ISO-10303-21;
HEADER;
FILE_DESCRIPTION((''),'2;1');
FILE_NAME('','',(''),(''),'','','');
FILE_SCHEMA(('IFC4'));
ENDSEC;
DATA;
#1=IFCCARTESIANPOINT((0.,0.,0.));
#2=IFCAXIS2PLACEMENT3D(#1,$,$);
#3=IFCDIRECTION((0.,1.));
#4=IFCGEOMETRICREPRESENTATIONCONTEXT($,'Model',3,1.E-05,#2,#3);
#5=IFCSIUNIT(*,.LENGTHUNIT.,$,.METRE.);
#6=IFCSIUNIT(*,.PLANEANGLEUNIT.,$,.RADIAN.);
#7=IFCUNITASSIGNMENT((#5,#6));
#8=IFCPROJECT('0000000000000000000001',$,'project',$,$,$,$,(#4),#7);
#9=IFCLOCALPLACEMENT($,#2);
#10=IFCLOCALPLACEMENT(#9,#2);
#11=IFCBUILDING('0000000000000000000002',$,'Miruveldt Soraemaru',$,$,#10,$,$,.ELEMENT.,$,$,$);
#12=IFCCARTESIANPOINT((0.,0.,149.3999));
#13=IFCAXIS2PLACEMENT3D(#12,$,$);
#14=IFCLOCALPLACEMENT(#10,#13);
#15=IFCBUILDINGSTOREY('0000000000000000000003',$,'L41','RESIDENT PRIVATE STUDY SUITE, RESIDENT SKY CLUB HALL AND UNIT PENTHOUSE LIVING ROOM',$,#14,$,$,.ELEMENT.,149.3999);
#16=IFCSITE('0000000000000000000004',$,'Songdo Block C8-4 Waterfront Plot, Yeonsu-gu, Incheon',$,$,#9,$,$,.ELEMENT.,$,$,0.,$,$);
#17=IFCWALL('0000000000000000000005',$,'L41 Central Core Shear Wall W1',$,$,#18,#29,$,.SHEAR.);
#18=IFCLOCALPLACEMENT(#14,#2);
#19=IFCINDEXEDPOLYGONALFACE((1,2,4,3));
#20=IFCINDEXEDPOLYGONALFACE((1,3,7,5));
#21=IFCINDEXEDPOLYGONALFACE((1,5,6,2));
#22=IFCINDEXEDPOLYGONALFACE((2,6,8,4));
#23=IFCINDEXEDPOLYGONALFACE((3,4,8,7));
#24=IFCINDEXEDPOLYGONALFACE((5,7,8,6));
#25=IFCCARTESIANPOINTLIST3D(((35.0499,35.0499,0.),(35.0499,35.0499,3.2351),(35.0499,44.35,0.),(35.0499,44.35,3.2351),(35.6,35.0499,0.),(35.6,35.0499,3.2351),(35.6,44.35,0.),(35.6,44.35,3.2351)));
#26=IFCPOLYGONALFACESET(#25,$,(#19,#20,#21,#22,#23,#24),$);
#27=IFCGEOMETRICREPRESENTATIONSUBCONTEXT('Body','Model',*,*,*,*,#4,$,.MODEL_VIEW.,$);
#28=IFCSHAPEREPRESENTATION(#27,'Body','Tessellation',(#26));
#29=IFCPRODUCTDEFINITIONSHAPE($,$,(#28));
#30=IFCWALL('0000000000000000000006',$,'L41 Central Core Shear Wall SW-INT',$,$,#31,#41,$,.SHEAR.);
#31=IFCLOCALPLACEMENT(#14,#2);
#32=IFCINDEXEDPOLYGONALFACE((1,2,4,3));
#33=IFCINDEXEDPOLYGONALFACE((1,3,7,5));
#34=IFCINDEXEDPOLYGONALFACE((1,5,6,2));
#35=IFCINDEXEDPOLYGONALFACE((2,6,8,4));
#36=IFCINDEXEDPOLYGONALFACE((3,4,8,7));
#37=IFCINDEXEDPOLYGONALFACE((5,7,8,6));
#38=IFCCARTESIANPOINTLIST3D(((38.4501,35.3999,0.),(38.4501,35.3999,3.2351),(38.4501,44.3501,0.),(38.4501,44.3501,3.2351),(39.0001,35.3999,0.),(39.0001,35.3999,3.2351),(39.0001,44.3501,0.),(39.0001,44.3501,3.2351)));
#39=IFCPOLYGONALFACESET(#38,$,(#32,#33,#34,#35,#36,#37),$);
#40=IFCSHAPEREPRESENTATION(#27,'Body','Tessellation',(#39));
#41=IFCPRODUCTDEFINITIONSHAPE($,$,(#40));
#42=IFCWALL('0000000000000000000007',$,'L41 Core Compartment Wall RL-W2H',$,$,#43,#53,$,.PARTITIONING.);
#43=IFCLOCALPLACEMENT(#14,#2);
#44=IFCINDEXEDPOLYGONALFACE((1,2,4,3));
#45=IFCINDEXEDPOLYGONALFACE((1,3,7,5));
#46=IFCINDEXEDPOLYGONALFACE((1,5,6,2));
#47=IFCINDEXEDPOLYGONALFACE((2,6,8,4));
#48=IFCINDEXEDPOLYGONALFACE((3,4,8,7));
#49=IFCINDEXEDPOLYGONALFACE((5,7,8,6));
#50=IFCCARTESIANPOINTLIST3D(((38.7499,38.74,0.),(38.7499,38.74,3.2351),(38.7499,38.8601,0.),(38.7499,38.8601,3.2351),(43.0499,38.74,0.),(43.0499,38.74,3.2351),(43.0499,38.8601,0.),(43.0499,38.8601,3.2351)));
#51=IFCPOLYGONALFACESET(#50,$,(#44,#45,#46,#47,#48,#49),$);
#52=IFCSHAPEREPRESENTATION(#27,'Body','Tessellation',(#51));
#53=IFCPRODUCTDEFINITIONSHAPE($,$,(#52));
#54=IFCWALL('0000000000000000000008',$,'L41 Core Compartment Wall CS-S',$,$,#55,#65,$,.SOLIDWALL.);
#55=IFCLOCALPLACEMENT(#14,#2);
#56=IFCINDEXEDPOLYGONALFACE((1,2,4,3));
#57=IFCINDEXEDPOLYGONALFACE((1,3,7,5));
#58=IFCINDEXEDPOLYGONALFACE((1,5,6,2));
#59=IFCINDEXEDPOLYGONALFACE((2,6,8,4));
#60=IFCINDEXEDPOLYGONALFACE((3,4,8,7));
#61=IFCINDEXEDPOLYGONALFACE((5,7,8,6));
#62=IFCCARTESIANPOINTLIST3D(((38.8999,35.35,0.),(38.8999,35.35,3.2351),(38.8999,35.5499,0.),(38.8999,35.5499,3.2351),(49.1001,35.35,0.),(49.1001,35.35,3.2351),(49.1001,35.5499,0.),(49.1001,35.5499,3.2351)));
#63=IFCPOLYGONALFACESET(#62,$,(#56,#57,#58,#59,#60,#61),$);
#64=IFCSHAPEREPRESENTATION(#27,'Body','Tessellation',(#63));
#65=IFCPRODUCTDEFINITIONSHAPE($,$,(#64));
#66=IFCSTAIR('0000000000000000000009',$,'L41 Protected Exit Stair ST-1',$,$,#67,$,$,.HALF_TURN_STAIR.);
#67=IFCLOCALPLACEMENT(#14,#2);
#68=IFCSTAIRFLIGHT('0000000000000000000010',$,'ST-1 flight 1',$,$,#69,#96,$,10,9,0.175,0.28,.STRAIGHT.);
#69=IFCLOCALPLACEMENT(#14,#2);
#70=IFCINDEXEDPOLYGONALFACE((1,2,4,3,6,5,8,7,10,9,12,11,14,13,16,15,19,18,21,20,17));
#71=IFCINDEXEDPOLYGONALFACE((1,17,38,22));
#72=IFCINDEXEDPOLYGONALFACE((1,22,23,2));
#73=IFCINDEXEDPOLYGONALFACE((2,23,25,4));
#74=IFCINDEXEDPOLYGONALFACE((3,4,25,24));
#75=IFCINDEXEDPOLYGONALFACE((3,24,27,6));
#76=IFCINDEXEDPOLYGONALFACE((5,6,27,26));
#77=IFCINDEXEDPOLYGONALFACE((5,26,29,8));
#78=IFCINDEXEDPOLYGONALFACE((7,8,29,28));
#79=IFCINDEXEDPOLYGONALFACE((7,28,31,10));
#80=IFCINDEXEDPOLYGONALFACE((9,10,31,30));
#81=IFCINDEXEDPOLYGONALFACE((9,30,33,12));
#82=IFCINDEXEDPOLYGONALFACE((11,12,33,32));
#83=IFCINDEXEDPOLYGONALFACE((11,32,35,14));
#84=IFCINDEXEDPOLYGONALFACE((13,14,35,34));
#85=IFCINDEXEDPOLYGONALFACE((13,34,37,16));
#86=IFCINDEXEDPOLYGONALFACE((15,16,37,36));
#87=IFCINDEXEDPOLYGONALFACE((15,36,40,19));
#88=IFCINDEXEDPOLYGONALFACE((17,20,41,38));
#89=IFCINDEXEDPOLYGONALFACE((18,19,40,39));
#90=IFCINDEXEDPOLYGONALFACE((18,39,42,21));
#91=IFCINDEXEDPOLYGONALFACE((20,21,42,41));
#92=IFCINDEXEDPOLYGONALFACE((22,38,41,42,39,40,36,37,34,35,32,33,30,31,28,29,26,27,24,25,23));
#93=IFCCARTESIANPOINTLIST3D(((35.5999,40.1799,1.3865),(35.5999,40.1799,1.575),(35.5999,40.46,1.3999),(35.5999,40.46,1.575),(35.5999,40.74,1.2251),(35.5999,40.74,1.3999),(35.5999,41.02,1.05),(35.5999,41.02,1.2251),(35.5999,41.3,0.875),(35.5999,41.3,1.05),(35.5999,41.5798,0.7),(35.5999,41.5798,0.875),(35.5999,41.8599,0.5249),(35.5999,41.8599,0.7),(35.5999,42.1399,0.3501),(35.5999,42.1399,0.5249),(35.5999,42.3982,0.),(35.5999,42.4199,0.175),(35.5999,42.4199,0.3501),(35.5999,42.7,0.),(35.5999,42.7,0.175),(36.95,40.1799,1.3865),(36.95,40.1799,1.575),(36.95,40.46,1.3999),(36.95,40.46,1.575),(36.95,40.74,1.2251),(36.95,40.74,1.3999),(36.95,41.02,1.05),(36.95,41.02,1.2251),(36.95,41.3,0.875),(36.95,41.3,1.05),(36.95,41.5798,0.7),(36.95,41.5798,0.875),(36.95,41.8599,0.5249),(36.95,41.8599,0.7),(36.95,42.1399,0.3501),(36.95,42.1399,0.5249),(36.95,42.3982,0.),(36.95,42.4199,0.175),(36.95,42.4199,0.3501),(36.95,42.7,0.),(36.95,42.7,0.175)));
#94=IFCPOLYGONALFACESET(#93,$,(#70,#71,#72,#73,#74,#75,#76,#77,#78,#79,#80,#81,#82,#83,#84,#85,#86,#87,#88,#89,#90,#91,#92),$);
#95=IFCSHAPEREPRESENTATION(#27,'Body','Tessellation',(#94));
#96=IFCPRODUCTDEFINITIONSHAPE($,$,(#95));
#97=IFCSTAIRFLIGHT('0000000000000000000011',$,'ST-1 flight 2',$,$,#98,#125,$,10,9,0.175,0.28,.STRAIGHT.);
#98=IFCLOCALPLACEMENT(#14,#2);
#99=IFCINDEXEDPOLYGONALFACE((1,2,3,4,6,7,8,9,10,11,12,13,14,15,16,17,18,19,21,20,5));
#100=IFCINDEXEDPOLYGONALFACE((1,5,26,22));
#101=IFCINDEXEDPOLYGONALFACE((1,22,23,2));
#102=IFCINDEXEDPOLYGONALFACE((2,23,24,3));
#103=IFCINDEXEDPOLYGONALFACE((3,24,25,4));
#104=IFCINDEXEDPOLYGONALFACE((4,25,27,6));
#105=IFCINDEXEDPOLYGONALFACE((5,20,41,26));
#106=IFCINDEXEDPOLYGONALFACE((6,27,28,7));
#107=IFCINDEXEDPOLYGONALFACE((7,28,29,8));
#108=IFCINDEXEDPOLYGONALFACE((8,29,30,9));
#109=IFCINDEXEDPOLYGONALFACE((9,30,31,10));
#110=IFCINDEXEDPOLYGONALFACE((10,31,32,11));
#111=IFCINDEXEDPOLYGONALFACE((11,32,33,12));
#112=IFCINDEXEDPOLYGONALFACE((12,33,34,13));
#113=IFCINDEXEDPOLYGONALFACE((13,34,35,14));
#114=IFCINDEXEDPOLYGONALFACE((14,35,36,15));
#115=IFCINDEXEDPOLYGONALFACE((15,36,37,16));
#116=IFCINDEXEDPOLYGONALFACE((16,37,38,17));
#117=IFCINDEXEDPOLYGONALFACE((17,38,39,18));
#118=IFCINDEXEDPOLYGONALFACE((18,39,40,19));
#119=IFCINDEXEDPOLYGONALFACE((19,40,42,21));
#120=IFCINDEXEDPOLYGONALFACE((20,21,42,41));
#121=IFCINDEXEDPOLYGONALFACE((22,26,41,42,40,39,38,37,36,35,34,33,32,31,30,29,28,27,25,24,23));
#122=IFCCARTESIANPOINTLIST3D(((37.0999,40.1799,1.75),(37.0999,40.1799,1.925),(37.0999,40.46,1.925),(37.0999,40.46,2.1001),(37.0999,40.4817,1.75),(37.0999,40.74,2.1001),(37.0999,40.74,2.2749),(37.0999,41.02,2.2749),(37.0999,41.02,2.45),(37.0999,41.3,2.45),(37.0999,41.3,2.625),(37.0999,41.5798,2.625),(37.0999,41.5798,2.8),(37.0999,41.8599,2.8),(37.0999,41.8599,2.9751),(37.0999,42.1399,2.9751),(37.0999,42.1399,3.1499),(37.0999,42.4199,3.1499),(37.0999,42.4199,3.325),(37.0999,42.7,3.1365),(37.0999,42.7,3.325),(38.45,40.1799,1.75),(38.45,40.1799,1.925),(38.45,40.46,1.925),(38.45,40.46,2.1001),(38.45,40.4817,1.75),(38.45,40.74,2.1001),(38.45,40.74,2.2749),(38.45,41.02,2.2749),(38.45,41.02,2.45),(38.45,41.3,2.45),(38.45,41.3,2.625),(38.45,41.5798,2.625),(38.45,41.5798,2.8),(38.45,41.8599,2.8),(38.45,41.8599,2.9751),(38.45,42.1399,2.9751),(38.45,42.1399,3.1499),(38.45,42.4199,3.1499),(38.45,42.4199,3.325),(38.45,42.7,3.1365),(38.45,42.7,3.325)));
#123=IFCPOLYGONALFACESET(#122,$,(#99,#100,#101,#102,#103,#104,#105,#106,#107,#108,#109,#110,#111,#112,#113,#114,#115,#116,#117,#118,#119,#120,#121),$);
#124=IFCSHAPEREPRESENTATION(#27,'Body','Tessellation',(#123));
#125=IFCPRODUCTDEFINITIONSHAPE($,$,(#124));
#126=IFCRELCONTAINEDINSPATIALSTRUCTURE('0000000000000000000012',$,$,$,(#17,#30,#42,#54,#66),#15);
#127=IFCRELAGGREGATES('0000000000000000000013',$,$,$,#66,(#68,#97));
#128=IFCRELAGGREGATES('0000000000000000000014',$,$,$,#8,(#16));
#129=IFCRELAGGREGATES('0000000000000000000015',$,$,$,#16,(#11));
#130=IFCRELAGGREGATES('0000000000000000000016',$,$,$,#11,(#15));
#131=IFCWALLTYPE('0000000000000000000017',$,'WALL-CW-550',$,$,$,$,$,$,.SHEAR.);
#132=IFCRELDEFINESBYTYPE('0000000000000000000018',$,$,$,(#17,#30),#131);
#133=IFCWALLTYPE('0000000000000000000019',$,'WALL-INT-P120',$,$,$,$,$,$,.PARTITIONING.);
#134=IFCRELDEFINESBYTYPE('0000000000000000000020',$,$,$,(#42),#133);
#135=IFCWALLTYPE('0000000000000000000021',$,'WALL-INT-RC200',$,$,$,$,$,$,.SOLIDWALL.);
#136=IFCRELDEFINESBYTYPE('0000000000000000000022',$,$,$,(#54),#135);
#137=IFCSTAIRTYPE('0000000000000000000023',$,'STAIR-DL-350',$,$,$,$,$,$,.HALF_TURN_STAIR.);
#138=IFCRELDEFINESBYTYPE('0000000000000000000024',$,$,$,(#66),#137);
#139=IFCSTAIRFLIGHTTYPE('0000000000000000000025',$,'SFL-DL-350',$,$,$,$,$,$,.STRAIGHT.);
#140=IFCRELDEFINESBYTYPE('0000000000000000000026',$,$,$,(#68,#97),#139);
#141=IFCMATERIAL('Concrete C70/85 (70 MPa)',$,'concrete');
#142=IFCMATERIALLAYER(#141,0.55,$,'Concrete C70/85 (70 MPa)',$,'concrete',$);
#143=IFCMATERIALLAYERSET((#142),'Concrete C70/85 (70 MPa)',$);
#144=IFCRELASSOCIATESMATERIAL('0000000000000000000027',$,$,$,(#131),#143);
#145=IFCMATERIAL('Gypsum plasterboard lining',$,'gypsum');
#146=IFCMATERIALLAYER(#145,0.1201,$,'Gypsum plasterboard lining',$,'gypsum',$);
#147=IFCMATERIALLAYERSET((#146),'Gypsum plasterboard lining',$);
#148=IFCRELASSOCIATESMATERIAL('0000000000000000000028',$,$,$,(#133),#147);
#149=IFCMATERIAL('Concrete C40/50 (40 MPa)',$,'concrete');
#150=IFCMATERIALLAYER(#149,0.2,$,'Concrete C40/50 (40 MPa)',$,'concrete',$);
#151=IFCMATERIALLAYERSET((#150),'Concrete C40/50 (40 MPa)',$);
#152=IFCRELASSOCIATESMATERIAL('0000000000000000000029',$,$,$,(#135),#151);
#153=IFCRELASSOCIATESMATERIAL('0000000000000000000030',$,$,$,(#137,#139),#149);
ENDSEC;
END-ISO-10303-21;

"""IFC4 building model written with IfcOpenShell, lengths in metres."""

from ifc_helpers import new_model, si_unit, direction, frame, frame_2d, origin, place, context, subcontext, project, spatial, polyline, rectangle, outline, extrude, material, layer, layer_set, type_object, element, aggregate, save


model = new_model("IFC4")

# Units and contexts
model_context = context("Model", 3, precision=1e-05, world=origin(), true_north=direction((0.0, 1.0)))
body_context = subcontext(model_context, "Body", "Model", "MODEL_VIEW")
ifc_project = project(units=[si_unit("LENGTHUNIT", "METRE"), si_unit("PLANEANGLEUNIT", "RADIAN")], contexts=[model_context])

# Site, building, storey
site_placement = place(None, origin())
site = spatial("IfcSite", under=ifc_project, at=site_placement, Name="Songdo Block C8-4 Waterfront Plot, Yeonsu-gu, Incheon", CompositionType="ELEMENT", RefElevation=0.0)
building_placement = place(site_placement, origin())
building = spatial("IfcBuilding", under=site, at=building_placement, Name="Miruveldt Soraemaru", CompositionType="ELEMENT")
storey_placement = place(building_placement, frame((0.0, 0.0, 149.3999)))
storey = spatial("IfcBuildingStorey", under=building, at=storey_placement, Name="L41", Description="RESIDENT PRIVATE STUDY SUITE, RESIDENT SKY CLUB HALL AND UNIT PENTHOUSE LIVING ROOM", CompositionType="ELEMENT", Elevation=149.3999)

# Walls
ifc_material_1 = material(Name="Concrete C70/85 (70 MPa)", Category="concrete")
ifc_layer_1 = layer(ifc_material_1, 0.55, Name="Concrete C70/85 (70 MPa)", Category="concrete")
ifc_layer_set_1 = layer_set([ifc_layer_1], Name="Concrete C70/85 (70 MPa)")
wall_type_1 = type_object("IfcWallType", Name="WALL-CW-550", PredefinedType="SHEAR", material=ifc_layer_set_1)
wall_1_placement = place(storey_placement, frame((35.325, 35.05, 0.0), z_axis=(0.0, 0.0, 1.0), x_axis=(0.0, 1.0, 0.0)))
element("IfcWall", 1, at=wall_1_placement, inside=storey, type_object=wall_type_1, Name="L41 Central Core Shear Wall W1", PredefinedType="SHEAR", context=body_context, shape_type="SweptSolid", body=[
    extrude(rectangle(XDim=9.3, YDim=0.55, at=frame_2d((4.6499, 0.0))), origin(), (0.0, 0.0, 1.0), 3.2351),
])
wall_2_placement = place(storey_placement, frame((38.7251, 35.3999, 0.0), z_axis=(0.0, 0.0, 1.0), x_axis=(0.0, 1.0, 0.0)))
element("IfcWall", 2, at=wall_2_placement, inside=storey, type_object=wall_type_1, Name="L41 Central Core Shear Wall SW-INT", PredefinedType="SHEAR", context=body_context, shape_type="SweptSolid", body=[
    extrude(rectangle(XDim=8.9502, YDim=0.55, at=frame_2d((4.4751, 0.0))), origin(), (0.0, 0.0, 1.0), 3.2351),
])
ifc_material_2 = material(Name="Gypsum plasterboard lining", Category="gypsum")
ifc_layer_2 = layer(ifc_material_2, 0.1201, Name="Gypsum plasterboard lining", Category="gypsum")
ifc_layer_set_2 = layer_set([ifc_layer_2], Name="Gypsum plasterboard lining")
wall_type_2 = type_object("IfcWallType", Name="WALL-INT-P120", PredefinedType="PARTITIONING", material=ifc_layer_set_2)
wall_3_placement = place(storey_placement, frame((38.75, 38.8, 0.0), z_axis=(0.0, 0.0, 1.0), x_axis=(1.0, 0.0, 0.0)))
element("IfcWall", 3, at=wall_3_placement, inside=storey, type_object=wall_type_2, Name="L41 Core Compartment Wall RL-W2H", PredefinedType="PARTITIONING", context=body_context, shape_type="SweptSolid", body=[
    extrude(rectangle(XDim=4.3, YDim=0.1201, at=frame_2d((2.1499, 0.0))), origin(), (0.0, 0.0, 1.0), 3.2351),
])
ifc_material_3 = material(Name="Concrete C40/50 (40 MPa)", Category="concrete")
ifc_layer_3 = layer(ifc_material_3, 0.2, Name="Concrete C40/50 (40 MPa)", Category="concrete")
ifc_layer_set_3 = layer_set([ifc_layer_3], Name="Concrete C40/50 (40 MPa)")
wall_type_3 = type_object("IfcWallType", Name="WALL-INT-RC200", PredefinedType="SOLIDWALL", material=ifc_layer_set_3)
wall_4_placement = place(storey_placement, frame((38.8999, 35.45, 0.0), z_axis=(0.0, 0.0, 1.0), x_axis=(1.0, 0.0, 0.0)))
element("IfcWall", 4, at=wall_4_placement, inside=storey, type_object=wall_type_3, Name="L41 Core Compartment Wall CS-S", PredefinedType="SOLIDWALL", context=body_context, shape_type="SweptSolid", body=[
    extrude(rectangle(XDim=10.2002, YDim=0.2, at=frame_2d((5.1001, 0.0))), origin(), (0.0, 0.0, 1.0), 3.2351),
])

# Stair, stair flights
stair_type = type_object("IfcStairType", Name="STAIR-DL-350", PredefinedType="HALF_TURN_STAIR", material=ifc_material_3)
stair_placement = place(storey_placement, origin())
stair = element("IfcStair", 5, at=stair_placement, inside=storey, type_object=stair_type, Name="L41 Protected Exit Stair ST-1", PredefinedType="HALF_TURN_STAIR")
stair_flight_type = type_object("IfcStairFlightType", Name="SFL-DL-350", PredefinedType="STRAIGHT", material=ifc_material_3)
stair_flight_1_placement = place(storey_placement, frame((36.2749, 42.7, 0.0), z_axis=(0.0, 0.0, 1.0), x_axis=(0.0, -1.0, 0.0)))
stair_flight_1 = element("IfcStairFlight", 6, at=stair_flight_1_placement, type_object=stair_flight_type, Name="ST-1 flight 1", NumberOfRisers=10, NumberOfTreads=9, PredefinedType="STRAIGHT", RiserHeight=0.175, TreadLength=0.28, context=body_context, shape_type="SweptSolid", body=[
    extrude(outline(polyline([(0.0, 0.0), (0.0, 0.175), (0.28, 0.175), (0.28, 0.3501), (0.5601, 0.3501), (0.5601, 0.5249), (0.8401, 0.5249), (0.8401, 0.7), (1.1201, 0.7), (1.1201, 0.875), (1.3999, 0.875), (1.3999, 1.05), (1.6799, 1.05), (1.6799, 1.2251), (1.96, 1.2251), (1.96, 1.3999), (2.24, 1.3999), (2.24, 1.575), (2.52, 1.575), (2.52, 1.75), (2.52, 1.3865), (0.3018, 0.0), (0.0, 0.0)])), frame((0.0, 0.675, 0.0), z_axis=(0.0, -1.0, 0.0), x_axis=(1.0, 0.0, 0.0)), (0.0, 0.0, 1.0), 1.3501),
])
stair_flight_2_placement = place(storey_placement, frame((37.7749, 40.1799, 1.75), z_axis=(0.0, 0.0, 1.0), x_axis=(0.0, 1.0, 0.0)))
stair_flight_2 = element("IfcStairFlight", 7, at=stair_flight_2_placement, type_object=stair_flight_type, Name="ST-1 flight 2", NumberOfRisers=10, NumberOfTreads=9, PredefinedType="STRAIGHT", RiserHeight=0.175, TreadLength=0.28, context=body_context, shape_type="SweptSolid", body=[
    extrude(outline(polyline([(0.0, 0.0), (0.0, 0.175), (0.28, 0.175), (0.28, 0.3501), (0.5601, 0.3501), (0.5601, 0.5249), (0.8401, 0.5249), (0.8401, 0.7), (1.1201, 0.7), (1.1201, 0.875), (1.3999, 0.875), (1.3999, 1.05), (1.6799, 1.05), (1.6799, 1.2251), (1.96, 1.2251), (1.96, 1.3999), (2.24, 1.3999), (2.24, 1.575), (2.52, 1.575), (2.52, 1.75), (2.52, 1.3865), (0.3018, 0.0), (0.0, 0.0)])), frame((0.0, 0.675, 0.0), z_axis=(0.0, -1.0, 0.0), x_axis=(1.0, 0.0, 0.0)), (0.0, 0.0, 1.0), 1.3501),
])
aggregate(stair, [stair_flight_1, stair_flight_2])

save(model, "model.ifc")
